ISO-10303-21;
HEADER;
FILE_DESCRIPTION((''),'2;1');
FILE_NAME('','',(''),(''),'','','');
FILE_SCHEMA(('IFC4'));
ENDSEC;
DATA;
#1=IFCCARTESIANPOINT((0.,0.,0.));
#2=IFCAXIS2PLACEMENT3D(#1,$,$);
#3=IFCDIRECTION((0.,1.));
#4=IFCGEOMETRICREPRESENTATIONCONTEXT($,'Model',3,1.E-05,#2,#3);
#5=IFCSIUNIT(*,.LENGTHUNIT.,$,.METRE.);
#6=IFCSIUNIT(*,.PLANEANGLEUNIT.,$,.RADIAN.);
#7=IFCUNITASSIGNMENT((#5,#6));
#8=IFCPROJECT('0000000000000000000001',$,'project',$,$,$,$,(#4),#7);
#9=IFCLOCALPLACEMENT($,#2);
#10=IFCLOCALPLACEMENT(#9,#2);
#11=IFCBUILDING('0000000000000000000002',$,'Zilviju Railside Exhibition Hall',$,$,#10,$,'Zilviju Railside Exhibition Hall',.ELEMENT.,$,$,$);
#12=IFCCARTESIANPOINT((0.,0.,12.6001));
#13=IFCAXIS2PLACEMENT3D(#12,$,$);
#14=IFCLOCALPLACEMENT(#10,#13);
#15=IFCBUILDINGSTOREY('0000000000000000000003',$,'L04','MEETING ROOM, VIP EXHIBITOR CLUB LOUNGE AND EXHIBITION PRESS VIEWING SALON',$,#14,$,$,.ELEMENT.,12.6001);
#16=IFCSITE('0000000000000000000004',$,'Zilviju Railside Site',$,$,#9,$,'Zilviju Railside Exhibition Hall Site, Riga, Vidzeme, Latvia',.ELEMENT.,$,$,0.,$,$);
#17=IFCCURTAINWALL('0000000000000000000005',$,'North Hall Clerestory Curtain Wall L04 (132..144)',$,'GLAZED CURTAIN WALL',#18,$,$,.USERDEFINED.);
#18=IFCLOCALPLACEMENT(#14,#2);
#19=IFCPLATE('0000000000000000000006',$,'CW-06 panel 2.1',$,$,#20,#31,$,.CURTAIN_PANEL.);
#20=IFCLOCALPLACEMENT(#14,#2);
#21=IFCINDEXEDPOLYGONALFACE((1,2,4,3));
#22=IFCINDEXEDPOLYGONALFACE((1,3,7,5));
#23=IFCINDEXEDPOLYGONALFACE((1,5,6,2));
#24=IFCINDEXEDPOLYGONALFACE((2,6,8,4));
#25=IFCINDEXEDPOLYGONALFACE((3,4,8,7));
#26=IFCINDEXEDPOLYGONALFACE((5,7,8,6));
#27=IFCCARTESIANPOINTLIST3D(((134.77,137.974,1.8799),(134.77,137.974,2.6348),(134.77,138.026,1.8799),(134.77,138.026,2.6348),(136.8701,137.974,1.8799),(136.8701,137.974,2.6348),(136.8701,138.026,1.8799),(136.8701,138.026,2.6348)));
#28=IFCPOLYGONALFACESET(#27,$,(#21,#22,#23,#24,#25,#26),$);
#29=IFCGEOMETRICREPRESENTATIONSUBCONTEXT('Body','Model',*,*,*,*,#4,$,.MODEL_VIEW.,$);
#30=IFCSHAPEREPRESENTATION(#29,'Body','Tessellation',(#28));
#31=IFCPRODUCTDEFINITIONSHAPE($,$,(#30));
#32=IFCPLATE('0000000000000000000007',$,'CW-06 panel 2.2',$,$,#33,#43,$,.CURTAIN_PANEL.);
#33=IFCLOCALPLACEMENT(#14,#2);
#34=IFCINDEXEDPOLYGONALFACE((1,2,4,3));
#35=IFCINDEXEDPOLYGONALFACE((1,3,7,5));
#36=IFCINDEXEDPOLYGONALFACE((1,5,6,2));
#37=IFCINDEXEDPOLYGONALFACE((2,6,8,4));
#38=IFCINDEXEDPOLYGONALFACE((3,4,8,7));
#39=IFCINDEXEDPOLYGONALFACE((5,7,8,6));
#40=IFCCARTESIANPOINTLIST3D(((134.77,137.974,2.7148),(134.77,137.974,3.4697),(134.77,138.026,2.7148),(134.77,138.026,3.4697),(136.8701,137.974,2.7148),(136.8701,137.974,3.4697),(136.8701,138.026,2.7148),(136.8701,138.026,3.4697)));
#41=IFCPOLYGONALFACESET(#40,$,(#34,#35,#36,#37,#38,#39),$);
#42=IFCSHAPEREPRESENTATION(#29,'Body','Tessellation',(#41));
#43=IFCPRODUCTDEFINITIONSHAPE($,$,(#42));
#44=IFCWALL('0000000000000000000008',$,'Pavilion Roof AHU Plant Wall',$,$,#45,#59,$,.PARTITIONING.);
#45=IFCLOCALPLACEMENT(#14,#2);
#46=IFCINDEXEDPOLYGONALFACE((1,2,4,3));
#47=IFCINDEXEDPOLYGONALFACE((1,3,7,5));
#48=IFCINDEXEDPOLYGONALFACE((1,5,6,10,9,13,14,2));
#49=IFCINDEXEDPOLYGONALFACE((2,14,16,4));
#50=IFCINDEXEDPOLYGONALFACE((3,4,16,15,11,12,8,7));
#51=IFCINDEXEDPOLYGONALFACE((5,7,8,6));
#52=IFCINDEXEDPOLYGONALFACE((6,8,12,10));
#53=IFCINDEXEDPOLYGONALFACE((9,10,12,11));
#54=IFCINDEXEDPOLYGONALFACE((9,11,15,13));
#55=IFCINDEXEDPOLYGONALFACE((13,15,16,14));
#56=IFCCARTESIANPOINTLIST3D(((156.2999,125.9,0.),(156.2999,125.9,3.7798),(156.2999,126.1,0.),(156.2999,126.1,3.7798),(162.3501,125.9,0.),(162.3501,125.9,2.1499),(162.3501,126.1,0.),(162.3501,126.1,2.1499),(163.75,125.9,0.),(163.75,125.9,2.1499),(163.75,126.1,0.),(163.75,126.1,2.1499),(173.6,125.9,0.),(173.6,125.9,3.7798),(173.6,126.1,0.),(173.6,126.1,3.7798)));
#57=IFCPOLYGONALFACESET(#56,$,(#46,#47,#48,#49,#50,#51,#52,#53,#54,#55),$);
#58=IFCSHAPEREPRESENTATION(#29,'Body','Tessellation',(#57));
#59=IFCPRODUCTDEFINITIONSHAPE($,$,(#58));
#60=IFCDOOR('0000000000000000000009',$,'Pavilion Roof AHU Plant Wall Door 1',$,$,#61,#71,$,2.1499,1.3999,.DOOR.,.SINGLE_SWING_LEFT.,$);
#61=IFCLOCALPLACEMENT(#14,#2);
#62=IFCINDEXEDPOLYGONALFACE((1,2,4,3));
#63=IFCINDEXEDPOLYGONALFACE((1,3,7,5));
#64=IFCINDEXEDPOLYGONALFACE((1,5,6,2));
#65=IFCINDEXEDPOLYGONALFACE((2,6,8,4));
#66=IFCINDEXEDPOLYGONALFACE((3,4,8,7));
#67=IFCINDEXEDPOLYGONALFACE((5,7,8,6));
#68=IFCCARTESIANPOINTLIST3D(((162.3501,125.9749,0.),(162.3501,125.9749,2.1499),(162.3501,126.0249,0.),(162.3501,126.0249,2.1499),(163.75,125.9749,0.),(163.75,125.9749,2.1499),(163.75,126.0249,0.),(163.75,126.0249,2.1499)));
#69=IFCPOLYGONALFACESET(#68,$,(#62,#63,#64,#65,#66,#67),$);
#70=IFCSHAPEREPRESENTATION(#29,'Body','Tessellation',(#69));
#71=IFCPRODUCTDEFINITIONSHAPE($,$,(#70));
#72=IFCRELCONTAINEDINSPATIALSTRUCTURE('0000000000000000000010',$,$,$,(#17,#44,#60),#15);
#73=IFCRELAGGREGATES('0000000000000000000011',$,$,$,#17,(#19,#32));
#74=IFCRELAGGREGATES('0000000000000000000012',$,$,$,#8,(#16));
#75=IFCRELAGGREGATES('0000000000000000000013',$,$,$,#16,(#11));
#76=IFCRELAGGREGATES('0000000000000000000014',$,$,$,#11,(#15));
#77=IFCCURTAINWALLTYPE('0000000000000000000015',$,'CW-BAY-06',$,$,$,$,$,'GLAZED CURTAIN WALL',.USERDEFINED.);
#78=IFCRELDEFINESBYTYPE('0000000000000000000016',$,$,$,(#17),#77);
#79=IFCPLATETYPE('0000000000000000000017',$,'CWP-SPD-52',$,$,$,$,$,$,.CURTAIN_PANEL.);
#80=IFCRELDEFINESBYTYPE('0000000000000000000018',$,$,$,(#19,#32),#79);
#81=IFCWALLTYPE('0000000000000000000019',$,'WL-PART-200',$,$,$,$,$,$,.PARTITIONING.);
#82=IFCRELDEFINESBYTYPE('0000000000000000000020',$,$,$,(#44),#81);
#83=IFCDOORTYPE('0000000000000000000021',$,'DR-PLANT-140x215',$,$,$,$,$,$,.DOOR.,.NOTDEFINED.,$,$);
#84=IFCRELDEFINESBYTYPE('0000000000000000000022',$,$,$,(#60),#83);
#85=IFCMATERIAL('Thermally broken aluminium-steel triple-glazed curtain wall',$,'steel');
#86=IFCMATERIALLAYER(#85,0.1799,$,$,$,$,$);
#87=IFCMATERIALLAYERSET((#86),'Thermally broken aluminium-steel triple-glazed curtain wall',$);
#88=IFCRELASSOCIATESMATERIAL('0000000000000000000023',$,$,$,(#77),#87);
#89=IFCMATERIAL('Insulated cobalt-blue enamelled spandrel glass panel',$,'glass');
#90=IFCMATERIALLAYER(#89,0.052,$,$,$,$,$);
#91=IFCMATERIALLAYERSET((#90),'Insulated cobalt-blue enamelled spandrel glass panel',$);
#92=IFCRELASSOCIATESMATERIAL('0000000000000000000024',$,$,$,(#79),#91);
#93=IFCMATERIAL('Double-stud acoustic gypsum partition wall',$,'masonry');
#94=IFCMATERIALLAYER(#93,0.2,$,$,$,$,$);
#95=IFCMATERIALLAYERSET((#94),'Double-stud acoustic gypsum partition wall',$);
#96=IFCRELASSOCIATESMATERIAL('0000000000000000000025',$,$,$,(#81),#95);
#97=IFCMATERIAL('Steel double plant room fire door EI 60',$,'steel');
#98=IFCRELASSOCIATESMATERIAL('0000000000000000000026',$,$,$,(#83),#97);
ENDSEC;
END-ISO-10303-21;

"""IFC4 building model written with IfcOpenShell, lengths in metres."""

from ifc_helpers import new_model, si_unit, direction, frame, frame_2d, origin, origin_2d, place, context, subcontext, project, spatial, rectangle, extrude, material, layer, layer_set, type_object, element, fill, aggregate, save


model = new_model("IFC4")

# Units and contexts
model_context = context("Model", 3, precision=1e-05, world=origin(), true_north=direction((0.0, 1.0)))
body_context = subcontext(model_context, "Body", "Model", "MODEL_VIEW")
ifc_project = project(units=[si_unit("LENGTHUNIT", "METRE"), si_unit("PLANEANGLEUNIT", "RADIAN")], contexts=[model_context])

# Site, building, storey
site_placement = place(None, origin())
site = spatial("IfcSite", under=ifc_project, at=site_placement, Name="Zilviju Railside Site", LongName="Zilviju Railside Exhibition Hall Site, Riga, Vidzeme, Latvia", CompositionType="ELEMENT", RefElevation=0.0)
building_placement = place(site_placement, origin())
building = spatial("IfcBuilding", under=site, at=building_placement, Name="Zilviju Railside Exhibition Hall", LongName="Zilviju Railside Exhibition Hall", CompositionType="ELEMENT")
storey_placement = place(building_placement, frame((0.0, 0.0, 12.6001)))
storey = spatial("IfcBuildingStorey", under=building, at=storey_placement, Name="L04", Description="MEETING ROOM, VIP EXHIBITOR CLUB LOUNGE AND EXHIBITION PRESS VIEWING SALON", CompositionType="ELEMENT", Elevation=12.6001)

# Curtain wall, plates
ifc_material_1 = material(Name="Thermally broken aluminium-steel triple-glazed curtain wall", Category="steel")
ifc_layer_1 = layer(ifc_material_1, 0.1799)
ifc_layer_set_1 = layer_set([ifc_layer_1], Name="Thermally broken aluminium-steel triple-glazed curtain wall")
curtain_wall_type = type_object("IfcCurtainWallType", Name="CW-BAY-06", ElementType="GLAZED CURTAIN WALL", PredefinedType="USERDEFINED", material=ifc_layer_set_1)
curtain_wall_placement = place(storey_placement, origin())
curtain_wall = element("IfcCurtainWall", 1, at=curtain_wall_placement, inside=storey, type_object=curtain_wall_type, Name="North Hall Clerestory Curtain Wall L04 (132..144)", ObjectType="GLAZED CURTAIN WALL", PredefinedType="USERDEFINED")
ifc_material_2 = material(Name="Insulated cobalt-blue enamelled spandrel glass panel", Category="glass")
ifc_layer_2 = layer(ifc_material_2, 0.052)
ifc_layer_set_2 = layer_set([ifc_layer_2], Name="Insulated cobalt-blue enamelled spandrel glass panel")
plate_type = type_object("IfcPlateType", Name="CWP-SPD-52", PredefinedType="CURTAIN_PANEL", material=ifc_layer_set_2)
plate_1_placement = place(storey_placement, frame((135.8201, 138.0, 1.8799), z_axis=(0.0, 0.0, 1.0), x_axis=(1.0, 0.0, 0.0)))
plate_1 = element("IfcPlate", 2, at=plate_1_placement, type_object=plate_type, Name="CW-06 panel 2.1", PredefinedType="CURTAIN_PANEL", context=body_context, shape_type="SweptSolid", body=[
    extrude(rectangle(XDim=2.1001, YDim=0.052, at=origin_2d()), origin(), (0.0, 0.0, 1.0), 0.7549),
])
plate_2_placement = place(storey_placement, frame((135.8201, 138.0, 2.7148), z_axis=(0.0, 0.0, 1.0), x_axis=(1.0, 0.0, 0.0)))
plate_2 = element("IfcPlate", 3, at=plate_2_placement, type_object=plate_type, Name="CW-06 panel 2.2", PredefinedType="CURTAIN_PANEL", context=body_context, shape_type="SweptSolid", body=[
    extrude(rectangle(XDim=2.1001, YDim=0.052, at=origin_2d()), origin(), (0.0, 0.0, 1.0), 0.7549),
])
aggregate(curtain_wall, [plate_1, plate_2])

# Wall, opening, door
ifc_material_3 = material(Name="Double-stud acoustic gypsum partition wall", Category="masonry")
ifc_layer_3 = layer(ifc_material_3, 0.2)
ifc_layer_set_3 = layer_set([ifc_layer_3], Name="Double-stud acoustic gypsum partition wall")
wall_type = type_object("IfcWallType", Name="WL-PART-200", PredefinedType="PARTITIONING", material=ifc_layer_set_3)
wall_placement = place(storey_placement, frame((156.3, 126.0, 0.0), z_axis=(0.0, 0.0, 1.0), x_axis=(1.0, 0.0, 0.0)))
wall = element("IfcWall", 4, at=wall_placement, inside=storey, type_object=wall_type, Name="Pavilion Roof AHU Plant Wall", PredefinedType="PARTITIONING", context=body_context, shape_type="SweptSolid", body=[
    extrude(rectangle(XDim=17.3, YDim=0.2, at=frame_2d((8.6499, 0.0))), origin(), (0.0, 0.0, 1.0), 3.7798),
])
opening_placement = place(wall_placement, frame((6.05, 0.0, 0.0)))
opening = element("IfcOpeningElement", 5, at=opening_placement, cuts=wall, PredefinedType="OPENING", context=body_context, shape_type="SweptSolid", body=[
    extrude(rectangle(XDim=1.3999, YDim=2.1499, at=frame_2d((0.7, 1.075))), frame((0.0, 0.1099, 0.0), z_axis=(0.0, -1.0, 0.0), x_axis=(1.0, 0.0, 0.0)), (0.0, 0.0, 1.0), 0.22),
])
ifc_material_4 = material(Name="Steel double plant room fire door EI 60", Category="steel")
door_type = type_object("IfcDoorType", Name="DR-PLANT-140x215", OperationType="NOTDEFINED", PredefinedType="DOOR", material=ifc_material_4)
door_placement = place(opening_placement, origin())
door = element("IfcDoor", 6, at=door_placement, inside=storey, type_object=door_type, Name="Pavilion Roof AHU Plant Wall Door 1", OperationType="SINGLE_SWING_LEFT", OverallHeight=2.1499, OverallWidth=1.3999, PredefinedType="DOOR", context=body_context, shape_type="SweptSolid", body=[
    extrude(rectangle(XDim=1.3999, YDim=2.1499, at=frame_2d((0.7, 1.075))), frame((0.0, 0.0249, 0.0), z_axis=(0.0, -1.0, 0.0), x_axis=(1.0, 0.0, 0.0)), (0.0, 0.0, 1.0), 0.05),
])
fill(opening, door)

save(model, "model.ifc")
